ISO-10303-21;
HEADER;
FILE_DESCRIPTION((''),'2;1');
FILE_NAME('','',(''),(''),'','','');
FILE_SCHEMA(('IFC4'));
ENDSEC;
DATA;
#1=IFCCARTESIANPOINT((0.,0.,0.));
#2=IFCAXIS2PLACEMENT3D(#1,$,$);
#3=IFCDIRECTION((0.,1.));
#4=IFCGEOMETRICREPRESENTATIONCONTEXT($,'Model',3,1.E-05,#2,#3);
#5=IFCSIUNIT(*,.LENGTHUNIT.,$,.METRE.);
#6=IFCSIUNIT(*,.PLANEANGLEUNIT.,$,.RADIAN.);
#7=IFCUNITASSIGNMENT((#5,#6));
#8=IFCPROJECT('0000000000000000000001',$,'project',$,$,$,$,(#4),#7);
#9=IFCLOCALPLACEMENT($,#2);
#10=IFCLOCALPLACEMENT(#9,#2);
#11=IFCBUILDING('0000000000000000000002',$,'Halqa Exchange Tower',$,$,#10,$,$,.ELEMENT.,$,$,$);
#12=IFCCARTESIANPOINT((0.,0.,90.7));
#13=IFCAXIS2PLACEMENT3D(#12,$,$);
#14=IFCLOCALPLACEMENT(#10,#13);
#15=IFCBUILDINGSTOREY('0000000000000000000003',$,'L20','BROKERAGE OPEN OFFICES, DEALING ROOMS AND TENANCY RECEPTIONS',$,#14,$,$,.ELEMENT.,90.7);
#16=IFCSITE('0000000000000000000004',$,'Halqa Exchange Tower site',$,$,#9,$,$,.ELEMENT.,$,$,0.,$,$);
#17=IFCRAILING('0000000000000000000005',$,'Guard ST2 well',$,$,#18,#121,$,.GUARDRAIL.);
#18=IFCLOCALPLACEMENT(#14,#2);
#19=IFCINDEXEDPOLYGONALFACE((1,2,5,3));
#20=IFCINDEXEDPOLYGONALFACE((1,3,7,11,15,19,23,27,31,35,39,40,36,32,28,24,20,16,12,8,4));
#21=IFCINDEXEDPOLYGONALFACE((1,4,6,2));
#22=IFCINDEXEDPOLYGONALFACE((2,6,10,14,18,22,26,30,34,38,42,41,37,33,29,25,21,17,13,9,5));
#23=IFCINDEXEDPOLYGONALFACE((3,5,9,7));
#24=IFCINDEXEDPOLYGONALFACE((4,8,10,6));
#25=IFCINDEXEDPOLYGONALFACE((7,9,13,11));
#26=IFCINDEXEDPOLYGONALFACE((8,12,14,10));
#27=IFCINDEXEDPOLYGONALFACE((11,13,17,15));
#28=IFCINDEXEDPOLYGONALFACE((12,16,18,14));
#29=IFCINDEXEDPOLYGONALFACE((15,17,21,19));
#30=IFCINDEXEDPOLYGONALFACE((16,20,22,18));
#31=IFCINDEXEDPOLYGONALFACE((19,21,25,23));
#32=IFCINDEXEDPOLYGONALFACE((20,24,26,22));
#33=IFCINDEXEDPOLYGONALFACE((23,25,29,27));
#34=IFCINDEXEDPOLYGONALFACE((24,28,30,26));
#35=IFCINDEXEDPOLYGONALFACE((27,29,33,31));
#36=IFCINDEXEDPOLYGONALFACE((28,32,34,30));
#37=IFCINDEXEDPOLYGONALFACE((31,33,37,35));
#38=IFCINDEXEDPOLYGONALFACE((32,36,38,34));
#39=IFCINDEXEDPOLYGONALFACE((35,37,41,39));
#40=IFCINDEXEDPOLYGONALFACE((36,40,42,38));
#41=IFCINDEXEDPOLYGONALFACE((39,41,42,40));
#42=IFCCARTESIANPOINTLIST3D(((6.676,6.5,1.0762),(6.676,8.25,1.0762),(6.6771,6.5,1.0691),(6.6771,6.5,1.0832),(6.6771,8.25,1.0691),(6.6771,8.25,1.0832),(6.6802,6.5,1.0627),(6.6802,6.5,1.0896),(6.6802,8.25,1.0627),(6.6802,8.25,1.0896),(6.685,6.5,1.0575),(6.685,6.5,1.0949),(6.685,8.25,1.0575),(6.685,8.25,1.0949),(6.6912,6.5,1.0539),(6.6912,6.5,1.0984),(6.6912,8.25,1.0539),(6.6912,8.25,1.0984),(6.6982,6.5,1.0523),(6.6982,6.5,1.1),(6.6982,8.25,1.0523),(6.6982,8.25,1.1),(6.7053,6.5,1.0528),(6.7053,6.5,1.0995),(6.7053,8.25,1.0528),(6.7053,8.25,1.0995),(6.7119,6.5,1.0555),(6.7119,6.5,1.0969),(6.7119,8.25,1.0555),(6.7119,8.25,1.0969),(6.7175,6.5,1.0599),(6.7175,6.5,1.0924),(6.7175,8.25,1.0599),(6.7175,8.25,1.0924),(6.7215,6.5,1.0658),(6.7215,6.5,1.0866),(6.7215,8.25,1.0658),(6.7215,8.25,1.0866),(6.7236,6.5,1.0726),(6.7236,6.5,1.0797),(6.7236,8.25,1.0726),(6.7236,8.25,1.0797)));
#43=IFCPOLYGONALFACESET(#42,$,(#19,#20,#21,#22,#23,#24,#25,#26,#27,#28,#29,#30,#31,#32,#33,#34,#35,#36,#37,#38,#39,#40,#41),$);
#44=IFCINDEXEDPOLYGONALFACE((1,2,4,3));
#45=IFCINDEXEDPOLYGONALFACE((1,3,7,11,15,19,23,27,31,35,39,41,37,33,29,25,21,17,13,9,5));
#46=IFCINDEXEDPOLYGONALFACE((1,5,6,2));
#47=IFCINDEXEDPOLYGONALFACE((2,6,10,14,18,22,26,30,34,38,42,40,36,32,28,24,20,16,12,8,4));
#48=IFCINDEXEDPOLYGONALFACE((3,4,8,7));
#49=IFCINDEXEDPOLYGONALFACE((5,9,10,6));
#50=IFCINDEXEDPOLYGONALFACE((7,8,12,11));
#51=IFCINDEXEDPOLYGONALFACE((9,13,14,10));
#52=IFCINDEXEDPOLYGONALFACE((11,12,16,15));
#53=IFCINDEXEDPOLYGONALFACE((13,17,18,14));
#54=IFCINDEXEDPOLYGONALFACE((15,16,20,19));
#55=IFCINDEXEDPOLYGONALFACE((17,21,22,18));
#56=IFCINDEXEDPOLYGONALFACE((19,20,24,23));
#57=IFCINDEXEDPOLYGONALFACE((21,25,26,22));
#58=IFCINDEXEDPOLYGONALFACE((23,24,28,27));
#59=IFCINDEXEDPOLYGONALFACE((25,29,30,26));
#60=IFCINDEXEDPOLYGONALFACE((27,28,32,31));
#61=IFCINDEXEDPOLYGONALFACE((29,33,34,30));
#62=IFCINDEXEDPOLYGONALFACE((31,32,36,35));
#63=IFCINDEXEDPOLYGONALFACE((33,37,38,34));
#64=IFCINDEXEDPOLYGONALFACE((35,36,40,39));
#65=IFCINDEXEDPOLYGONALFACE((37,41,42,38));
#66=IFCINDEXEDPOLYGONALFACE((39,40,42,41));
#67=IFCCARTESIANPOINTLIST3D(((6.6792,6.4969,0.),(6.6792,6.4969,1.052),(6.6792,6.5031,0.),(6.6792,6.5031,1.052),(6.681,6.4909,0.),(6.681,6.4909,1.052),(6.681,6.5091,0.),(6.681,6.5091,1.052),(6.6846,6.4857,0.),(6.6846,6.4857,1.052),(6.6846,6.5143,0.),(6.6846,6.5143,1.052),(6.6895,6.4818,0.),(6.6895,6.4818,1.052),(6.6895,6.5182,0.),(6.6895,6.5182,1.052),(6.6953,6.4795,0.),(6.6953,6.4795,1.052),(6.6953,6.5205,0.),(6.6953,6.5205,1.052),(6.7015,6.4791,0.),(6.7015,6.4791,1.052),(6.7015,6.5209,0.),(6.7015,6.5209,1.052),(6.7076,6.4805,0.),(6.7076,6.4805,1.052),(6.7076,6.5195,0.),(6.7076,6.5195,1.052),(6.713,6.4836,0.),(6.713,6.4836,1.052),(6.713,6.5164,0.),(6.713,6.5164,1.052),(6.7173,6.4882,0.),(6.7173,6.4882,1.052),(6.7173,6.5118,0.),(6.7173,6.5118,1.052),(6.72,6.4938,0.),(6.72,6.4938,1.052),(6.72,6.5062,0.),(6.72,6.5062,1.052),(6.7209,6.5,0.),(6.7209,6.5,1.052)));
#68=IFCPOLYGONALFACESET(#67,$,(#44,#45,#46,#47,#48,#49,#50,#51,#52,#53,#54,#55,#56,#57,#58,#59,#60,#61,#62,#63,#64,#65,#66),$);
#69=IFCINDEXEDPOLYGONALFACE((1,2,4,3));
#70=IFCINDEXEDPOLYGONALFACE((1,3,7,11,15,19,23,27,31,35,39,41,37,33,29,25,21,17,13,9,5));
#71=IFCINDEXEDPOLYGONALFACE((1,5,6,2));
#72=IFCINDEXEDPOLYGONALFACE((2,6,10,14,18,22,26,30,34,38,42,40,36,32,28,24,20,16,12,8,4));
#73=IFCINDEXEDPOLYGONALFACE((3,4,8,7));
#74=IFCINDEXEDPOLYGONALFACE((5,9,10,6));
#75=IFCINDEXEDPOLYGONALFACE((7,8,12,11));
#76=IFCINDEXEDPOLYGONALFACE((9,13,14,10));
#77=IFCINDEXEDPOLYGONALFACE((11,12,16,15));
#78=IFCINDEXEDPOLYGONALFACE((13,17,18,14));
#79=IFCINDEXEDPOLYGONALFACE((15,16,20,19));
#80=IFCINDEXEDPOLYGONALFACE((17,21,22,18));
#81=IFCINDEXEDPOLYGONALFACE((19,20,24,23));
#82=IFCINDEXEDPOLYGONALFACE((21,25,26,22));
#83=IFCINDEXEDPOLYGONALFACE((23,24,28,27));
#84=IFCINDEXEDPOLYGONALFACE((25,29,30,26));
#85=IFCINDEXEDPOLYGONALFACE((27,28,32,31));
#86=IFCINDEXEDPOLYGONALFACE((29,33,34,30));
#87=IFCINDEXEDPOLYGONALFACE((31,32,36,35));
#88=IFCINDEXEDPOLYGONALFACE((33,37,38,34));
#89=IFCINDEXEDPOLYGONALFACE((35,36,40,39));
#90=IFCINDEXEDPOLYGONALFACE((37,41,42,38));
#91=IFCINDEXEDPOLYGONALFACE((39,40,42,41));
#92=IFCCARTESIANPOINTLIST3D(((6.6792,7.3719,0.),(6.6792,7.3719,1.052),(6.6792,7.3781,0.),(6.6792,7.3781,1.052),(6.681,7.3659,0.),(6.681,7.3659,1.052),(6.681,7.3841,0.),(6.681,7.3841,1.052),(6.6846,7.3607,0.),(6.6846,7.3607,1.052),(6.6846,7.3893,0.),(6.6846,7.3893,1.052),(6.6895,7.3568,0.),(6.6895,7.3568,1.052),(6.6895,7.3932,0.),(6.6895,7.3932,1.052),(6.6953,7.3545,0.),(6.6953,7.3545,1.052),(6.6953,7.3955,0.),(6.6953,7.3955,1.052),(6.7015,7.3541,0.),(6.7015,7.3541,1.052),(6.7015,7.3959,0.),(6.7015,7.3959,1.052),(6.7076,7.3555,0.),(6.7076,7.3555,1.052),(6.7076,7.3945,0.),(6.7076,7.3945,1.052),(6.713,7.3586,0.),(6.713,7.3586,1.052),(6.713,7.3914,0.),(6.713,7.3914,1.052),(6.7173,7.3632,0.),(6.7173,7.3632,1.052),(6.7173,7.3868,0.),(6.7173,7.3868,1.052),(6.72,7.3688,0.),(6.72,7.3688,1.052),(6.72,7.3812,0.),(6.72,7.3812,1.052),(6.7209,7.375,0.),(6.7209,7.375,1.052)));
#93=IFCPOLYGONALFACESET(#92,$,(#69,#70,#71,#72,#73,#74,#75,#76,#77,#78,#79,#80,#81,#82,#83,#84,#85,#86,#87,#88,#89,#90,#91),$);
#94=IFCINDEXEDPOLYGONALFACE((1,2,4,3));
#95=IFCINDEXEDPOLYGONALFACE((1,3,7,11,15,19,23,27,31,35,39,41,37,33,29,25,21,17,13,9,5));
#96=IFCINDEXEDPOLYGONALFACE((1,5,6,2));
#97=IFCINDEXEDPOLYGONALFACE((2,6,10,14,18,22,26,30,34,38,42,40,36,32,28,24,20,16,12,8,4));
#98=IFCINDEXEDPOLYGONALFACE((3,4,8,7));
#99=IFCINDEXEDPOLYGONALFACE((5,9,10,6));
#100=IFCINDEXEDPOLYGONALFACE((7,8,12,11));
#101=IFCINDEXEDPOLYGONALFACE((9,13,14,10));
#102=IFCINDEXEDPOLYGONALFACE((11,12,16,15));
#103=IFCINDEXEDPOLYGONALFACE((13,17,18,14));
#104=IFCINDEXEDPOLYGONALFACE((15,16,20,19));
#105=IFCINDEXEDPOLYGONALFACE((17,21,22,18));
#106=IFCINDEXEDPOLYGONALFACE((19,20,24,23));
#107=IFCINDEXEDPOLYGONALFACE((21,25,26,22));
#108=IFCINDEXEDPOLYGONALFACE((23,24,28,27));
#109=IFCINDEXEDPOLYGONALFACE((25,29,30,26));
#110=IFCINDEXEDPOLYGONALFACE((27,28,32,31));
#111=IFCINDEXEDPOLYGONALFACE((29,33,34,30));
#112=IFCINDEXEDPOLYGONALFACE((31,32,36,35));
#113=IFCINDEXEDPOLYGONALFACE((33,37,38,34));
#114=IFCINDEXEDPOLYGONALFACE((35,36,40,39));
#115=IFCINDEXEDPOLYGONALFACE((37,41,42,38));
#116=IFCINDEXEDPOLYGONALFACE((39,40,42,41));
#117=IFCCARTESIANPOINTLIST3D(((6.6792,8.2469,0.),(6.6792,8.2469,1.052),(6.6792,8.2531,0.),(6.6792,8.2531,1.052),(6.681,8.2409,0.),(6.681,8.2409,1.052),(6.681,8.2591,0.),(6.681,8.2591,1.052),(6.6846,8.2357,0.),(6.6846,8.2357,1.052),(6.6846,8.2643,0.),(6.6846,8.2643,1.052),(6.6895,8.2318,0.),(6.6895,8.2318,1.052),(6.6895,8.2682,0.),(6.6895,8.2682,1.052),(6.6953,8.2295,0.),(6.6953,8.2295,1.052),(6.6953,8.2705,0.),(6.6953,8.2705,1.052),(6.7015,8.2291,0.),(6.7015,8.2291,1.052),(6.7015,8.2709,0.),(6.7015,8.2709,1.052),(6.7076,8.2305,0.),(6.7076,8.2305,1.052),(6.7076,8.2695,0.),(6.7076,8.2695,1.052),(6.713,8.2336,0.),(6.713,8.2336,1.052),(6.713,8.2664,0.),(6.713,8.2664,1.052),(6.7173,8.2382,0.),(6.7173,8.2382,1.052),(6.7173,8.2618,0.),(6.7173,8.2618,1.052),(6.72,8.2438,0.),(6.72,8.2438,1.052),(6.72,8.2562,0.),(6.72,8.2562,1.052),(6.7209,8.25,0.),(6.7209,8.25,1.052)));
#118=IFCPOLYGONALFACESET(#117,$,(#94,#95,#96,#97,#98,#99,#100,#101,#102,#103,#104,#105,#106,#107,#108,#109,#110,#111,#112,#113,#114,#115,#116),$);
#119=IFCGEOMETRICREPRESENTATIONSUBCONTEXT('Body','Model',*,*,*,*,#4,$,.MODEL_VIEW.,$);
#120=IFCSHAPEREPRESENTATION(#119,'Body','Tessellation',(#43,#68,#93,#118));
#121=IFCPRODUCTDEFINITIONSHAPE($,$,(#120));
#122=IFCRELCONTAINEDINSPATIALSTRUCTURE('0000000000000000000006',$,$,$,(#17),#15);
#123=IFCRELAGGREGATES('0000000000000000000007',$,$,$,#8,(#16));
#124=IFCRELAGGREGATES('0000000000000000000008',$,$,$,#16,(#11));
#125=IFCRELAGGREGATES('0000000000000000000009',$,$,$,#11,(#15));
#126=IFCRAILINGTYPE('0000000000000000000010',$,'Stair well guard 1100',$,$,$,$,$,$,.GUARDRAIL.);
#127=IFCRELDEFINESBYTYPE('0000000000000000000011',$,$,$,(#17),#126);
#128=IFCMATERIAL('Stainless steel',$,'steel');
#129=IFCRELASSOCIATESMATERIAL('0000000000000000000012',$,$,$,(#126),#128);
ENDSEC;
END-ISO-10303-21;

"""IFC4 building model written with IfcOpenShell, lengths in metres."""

from ifc_helpers import new_model, si_unit, direction, frame, origin, origin_2d, place, context, subcontext, project, spatial, circle, extrude, material, type_object, element, save


model = new_model("IFC4")

# Units and contexts
model_context = context("Model", 3, precision=1e-05, world=origin(), true_north=direction((0.0, 1.0)))
body_context = subcontext(model_context, "Body", "Model", "MODEL_VIEW")
ifc_project = project(units=[si_unit("LENGTHUNIT", "METRE"), si_unit("PLANEANGLEUNIT", "RADIAN")], contexts=[model_context])

# Site, building, storey
site_placement = place(None, origin())
site = spatial("IfcSite", under=ifc_project, at=site_placement, Name="Halqa Exchange Tower site", CompositionType="ELEMENT", RefElevation=0.0)
building_placement = place(site_placement, origin())
building = spatial("IfcBuilding", under=site, at=building_placement, Name="Halqa Exchange Tower", CompositionType="ELEMENT")
storey_placement = place(building_placement, frame((0.0, 0.0, 90.7)))
storey = spatial("IfcBuildingStorey", under=building, at=storey_placement, Name="L20", Description="BROKERAGE OPEN OFFICES, DEALING ROOMS AND TENANCY RECEPTIONS", CompositionType="ELEMENT", Elevation=90.7)

# Railing
ifc_material_1 = material(Name="Stainless steel", Category="steel")
railing_type_1 = type_object("IfcRailingType", Name="Stair well guard 1100", PredefinedType="GUARDRAIL", material=ifc_material_1)
railing_1_placement = place(storey_placement, frame((6.7, 6.5, 0.0)))
element("IfcRailing", 1, at=railing_1_placement, inside=storey, type_object=railing_type_1, Name="Guard ST2 well", PredefinedType="GUARDRAIL", context=body_context, shape_type="SweptSolid", body=[
    extrude(circle(Radius=0.0239, at=origin_2d()), frame((0.0, 0.0, 1.0762), z_axis=(0.0, 1.0, 0.0), x_axis=(-1.0, 0.0, 0.0)), (0.0, 0.0, 1.0), 1.75),
    extrude(circle(Radius=0.021, at=origin_2d()), origin(), (0.0, 0.0, 1.0), 1.052),
    extrude(circle(Radius=0.021, at=origin_2d()), frame((0.0, 0.875, 0.0)), (0.0, 0.0, 1.0), 1.052),
    extrude(circle(Radius=0.021, at=origin_2d()), frame((0.0, 1.75, 0.0)), (0.0, 0.0, 1.0), 1.052),
])

save(model, "model.ifc")
